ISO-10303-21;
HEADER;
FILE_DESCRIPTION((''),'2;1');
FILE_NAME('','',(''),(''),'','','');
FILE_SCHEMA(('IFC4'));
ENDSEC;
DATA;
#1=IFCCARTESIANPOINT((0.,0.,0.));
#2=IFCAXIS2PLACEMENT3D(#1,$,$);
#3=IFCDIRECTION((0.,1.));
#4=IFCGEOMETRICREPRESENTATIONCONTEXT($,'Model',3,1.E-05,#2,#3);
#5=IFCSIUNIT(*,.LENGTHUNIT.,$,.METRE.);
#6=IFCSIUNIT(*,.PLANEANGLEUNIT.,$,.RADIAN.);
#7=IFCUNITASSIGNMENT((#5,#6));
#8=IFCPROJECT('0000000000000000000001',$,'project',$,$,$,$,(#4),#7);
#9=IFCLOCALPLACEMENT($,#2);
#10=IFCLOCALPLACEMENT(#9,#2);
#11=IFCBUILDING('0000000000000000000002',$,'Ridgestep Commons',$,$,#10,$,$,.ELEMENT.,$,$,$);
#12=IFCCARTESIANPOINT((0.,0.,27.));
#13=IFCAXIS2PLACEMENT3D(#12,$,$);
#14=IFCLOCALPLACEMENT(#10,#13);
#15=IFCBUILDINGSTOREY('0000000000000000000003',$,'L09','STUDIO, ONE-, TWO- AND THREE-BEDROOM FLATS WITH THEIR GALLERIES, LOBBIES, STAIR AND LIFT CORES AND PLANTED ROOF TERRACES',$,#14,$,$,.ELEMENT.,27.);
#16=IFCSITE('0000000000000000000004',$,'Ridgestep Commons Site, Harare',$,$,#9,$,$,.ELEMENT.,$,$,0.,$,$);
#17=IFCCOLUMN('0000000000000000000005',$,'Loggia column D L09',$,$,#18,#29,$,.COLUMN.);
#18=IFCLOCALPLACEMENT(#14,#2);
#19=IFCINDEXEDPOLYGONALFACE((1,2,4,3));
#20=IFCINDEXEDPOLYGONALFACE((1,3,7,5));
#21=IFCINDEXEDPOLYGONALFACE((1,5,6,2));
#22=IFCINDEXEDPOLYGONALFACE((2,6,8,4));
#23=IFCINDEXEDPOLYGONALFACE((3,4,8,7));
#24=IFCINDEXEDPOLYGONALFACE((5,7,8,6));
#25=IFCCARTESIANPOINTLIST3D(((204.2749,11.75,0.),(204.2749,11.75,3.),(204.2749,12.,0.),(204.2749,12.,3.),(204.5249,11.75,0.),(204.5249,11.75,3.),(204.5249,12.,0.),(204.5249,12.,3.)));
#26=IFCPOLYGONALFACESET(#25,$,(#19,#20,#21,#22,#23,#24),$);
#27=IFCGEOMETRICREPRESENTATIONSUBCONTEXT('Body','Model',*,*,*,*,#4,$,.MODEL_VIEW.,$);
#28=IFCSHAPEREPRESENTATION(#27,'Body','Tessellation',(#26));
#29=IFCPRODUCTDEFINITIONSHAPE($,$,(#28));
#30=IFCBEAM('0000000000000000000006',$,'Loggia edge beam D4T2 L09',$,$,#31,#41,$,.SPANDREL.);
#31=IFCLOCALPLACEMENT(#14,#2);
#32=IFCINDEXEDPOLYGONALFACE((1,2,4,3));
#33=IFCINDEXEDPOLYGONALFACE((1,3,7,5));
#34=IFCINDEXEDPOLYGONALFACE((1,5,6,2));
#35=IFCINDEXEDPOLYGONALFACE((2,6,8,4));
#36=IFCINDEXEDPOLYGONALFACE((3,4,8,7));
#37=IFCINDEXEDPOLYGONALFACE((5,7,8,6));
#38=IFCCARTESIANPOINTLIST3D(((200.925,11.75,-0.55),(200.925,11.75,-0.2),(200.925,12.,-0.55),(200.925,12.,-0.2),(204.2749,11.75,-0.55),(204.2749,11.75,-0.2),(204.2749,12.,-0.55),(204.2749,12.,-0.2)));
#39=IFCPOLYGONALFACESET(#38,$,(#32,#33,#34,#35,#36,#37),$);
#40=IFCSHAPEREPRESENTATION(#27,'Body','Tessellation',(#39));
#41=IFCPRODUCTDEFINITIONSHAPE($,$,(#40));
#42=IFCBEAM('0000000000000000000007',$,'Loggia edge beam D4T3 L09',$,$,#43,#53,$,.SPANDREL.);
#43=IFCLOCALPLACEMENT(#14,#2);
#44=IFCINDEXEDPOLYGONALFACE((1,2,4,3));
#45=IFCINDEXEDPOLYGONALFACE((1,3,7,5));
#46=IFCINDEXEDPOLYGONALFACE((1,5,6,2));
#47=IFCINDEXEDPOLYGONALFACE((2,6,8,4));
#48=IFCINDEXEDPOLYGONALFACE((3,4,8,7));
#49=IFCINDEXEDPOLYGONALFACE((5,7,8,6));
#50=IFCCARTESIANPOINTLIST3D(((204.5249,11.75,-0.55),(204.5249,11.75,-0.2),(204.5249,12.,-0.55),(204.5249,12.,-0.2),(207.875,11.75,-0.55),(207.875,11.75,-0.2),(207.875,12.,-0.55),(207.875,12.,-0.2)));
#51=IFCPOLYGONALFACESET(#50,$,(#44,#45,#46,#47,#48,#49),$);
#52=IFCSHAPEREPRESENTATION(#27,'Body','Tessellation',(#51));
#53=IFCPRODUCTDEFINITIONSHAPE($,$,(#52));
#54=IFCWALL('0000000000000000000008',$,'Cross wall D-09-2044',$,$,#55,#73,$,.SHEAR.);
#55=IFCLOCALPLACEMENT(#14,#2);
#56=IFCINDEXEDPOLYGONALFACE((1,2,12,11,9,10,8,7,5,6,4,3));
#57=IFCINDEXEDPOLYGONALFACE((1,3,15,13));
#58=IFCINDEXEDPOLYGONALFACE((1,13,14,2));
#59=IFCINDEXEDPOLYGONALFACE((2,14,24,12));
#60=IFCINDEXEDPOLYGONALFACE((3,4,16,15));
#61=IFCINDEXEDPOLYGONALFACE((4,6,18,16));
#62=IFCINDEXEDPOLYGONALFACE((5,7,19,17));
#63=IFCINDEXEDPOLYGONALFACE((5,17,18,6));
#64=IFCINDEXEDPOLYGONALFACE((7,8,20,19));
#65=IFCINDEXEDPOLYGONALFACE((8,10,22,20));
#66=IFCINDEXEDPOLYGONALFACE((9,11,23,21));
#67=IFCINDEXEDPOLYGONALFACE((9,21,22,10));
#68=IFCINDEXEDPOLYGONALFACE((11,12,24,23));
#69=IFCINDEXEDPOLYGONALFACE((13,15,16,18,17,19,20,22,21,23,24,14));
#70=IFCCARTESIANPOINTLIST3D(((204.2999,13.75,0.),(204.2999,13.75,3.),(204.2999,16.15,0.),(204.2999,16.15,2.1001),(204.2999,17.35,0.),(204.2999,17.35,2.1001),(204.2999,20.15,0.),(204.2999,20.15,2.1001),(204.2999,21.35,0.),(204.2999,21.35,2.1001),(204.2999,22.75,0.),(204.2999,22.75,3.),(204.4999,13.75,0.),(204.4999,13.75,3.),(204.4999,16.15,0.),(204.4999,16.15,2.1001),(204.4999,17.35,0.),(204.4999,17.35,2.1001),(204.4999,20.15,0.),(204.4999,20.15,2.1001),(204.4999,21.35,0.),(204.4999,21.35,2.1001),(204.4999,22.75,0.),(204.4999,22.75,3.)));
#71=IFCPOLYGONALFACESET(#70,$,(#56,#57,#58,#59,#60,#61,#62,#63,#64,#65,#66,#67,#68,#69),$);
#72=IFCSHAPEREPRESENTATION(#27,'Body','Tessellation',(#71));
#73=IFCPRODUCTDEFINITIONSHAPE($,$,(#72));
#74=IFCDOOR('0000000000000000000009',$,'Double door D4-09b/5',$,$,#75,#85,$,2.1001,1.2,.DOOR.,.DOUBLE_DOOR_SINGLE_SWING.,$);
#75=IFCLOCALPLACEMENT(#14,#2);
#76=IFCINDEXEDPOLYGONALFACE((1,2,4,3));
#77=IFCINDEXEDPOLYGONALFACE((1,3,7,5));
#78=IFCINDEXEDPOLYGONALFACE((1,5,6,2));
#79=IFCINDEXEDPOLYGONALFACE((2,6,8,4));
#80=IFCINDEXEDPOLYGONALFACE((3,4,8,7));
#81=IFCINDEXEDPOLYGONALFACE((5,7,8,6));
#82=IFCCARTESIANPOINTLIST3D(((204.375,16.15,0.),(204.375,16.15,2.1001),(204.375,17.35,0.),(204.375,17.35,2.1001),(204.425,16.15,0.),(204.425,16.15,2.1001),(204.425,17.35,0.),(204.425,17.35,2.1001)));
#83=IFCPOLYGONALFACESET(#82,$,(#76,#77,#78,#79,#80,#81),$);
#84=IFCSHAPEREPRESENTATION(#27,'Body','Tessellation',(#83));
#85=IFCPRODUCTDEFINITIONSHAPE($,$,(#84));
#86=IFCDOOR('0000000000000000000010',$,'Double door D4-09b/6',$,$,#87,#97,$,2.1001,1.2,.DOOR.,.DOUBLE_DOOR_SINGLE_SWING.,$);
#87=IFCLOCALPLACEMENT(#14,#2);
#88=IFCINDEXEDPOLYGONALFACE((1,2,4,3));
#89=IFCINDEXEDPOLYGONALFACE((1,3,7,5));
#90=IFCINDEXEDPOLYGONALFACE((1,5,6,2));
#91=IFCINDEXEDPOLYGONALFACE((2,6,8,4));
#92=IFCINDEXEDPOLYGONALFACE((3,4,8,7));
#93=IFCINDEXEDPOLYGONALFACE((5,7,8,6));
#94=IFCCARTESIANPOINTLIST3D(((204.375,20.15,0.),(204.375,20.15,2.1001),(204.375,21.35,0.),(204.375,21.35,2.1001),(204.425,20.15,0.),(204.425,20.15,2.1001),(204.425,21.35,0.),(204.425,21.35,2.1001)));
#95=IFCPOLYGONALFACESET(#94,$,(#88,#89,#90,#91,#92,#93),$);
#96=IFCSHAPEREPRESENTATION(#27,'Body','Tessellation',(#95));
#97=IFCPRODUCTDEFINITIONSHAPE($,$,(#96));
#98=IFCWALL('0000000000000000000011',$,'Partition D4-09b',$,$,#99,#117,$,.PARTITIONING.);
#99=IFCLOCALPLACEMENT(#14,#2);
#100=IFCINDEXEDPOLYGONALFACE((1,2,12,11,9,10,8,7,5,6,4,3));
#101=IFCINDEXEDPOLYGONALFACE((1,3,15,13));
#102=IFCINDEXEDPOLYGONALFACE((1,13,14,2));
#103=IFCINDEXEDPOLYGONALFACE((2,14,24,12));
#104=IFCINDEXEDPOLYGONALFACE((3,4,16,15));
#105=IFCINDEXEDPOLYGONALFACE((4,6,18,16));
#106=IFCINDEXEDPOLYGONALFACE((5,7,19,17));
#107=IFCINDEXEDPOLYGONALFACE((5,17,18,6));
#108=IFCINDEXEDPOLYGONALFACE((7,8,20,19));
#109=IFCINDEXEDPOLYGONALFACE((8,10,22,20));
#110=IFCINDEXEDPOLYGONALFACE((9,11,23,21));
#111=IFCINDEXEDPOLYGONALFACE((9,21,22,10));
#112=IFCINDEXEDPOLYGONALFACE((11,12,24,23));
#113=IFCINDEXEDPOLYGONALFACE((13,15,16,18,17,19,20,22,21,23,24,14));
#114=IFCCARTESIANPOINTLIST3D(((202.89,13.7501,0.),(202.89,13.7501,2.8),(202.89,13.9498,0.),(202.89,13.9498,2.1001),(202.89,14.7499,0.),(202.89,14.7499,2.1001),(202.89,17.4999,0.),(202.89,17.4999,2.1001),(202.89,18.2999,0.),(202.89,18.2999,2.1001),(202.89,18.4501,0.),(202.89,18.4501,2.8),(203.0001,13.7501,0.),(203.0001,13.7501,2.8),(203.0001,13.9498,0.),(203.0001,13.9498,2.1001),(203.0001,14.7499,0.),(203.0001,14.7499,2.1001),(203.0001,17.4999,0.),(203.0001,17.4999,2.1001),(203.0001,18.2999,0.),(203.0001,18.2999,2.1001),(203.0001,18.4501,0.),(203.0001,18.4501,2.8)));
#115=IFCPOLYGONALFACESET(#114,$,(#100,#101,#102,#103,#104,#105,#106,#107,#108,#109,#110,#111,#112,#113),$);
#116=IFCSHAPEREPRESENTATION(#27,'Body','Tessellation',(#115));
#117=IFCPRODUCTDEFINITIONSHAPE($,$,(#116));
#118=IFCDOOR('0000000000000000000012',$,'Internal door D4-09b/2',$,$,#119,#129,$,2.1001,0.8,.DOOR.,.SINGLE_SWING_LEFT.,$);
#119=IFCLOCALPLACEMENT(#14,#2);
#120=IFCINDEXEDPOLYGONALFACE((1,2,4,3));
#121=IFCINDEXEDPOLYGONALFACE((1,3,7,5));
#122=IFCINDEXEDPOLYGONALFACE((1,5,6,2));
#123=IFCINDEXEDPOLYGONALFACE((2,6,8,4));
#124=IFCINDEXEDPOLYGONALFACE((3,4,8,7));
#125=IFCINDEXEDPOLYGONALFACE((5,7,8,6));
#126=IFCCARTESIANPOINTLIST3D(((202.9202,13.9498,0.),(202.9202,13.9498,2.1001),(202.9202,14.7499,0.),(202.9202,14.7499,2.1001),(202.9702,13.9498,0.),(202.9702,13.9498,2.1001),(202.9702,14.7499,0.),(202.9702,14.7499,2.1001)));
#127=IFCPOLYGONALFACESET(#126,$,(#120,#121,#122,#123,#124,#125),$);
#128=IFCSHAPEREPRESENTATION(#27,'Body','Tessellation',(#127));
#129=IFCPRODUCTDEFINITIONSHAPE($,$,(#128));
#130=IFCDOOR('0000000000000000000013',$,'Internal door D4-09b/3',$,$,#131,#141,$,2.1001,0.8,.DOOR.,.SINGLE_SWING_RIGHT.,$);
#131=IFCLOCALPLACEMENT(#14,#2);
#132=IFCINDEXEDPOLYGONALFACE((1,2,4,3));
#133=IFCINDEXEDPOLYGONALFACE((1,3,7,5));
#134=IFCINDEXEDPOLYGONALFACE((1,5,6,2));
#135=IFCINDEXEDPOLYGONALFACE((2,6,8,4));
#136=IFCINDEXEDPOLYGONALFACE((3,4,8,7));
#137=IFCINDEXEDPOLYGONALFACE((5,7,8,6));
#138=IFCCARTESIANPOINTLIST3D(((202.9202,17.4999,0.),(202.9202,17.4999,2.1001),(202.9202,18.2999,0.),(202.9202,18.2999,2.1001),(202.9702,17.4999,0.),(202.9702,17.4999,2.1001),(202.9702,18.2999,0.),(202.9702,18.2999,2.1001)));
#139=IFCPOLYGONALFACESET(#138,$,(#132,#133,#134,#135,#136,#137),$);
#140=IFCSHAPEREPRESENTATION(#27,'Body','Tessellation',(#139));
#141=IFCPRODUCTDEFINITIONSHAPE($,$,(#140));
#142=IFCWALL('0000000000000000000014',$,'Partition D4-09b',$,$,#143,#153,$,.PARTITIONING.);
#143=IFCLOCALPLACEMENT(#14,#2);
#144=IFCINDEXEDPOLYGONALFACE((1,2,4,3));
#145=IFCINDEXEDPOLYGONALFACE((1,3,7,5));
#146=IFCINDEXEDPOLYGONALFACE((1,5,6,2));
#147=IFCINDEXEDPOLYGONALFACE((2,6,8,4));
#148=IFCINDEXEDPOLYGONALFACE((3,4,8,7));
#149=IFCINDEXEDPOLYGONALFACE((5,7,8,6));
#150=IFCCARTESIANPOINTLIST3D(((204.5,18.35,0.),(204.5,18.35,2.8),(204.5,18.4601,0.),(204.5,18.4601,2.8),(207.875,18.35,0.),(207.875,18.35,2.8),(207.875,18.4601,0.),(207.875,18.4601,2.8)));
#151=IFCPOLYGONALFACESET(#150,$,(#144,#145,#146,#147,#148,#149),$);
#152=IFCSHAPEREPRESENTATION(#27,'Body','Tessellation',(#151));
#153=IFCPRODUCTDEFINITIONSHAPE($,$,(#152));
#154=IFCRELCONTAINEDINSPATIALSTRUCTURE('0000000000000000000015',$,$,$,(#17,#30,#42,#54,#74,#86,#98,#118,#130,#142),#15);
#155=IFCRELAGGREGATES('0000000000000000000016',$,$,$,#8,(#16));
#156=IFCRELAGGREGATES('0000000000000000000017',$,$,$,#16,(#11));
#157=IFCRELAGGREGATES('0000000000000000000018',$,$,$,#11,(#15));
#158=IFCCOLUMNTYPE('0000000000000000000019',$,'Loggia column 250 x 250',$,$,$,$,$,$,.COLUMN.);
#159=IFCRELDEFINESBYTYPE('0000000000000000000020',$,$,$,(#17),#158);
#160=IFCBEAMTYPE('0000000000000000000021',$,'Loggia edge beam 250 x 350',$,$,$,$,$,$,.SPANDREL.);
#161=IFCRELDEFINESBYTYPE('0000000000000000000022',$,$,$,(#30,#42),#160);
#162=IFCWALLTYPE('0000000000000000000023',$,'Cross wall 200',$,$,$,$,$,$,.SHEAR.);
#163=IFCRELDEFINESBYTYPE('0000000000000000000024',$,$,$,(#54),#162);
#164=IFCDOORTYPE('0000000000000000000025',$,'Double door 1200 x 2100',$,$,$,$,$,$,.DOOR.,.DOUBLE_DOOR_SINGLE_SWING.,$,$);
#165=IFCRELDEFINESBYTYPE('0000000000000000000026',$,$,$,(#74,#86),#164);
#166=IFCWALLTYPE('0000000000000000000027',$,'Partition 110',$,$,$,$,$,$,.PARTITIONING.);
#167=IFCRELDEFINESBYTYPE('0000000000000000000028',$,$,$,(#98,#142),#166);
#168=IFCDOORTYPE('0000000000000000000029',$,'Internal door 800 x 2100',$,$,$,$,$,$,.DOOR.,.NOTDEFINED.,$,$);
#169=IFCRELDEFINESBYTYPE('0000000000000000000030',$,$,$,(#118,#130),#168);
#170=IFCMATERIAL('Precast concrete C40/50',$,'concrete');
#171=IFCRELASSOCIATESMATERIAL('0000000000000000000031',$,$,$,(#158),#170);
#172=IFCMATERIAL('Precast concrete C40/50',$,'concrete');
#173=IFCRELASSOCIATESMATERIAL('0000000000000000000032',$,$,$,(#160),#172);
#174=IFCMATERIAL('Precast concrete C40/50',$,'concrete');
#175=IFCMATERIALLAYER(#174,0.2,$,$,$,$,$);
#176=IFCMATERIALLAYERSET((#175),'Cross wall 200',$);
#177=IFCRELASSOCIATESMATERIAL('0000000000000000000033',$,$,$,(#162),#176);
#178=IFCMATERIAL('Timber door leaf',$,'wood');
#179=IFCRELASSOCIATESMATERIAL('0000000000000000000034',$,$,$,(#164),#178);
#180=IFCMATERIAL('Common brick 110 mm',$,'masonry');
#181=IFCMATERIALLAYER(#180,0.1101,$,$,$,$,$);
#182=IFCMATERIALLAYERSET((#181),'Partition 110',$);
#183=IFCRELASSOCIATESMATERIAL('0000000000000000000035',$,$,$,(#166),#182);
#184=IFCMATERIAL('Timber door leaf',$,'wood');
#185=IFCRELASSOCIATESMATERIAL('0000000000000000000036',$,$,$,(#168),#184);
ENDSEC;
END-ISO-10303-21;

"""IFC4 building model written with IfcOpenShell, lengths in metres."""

from ifc_helpers import new_model, si_unit, direction, frame, frame_2d, origin, origin_2d, place, context, subcontext, project, spatial, rectangle, extrude, material, layer, layer_set, material_profile, profile_set, type_object, element, fill, save


model = new_model("IFC4")

# Units and contexts
model_context = context("Model", 3, precision=1e-05, world=origin(), true_north=direction((0.0, 1.0)))
body_context = subcontext(model_context, "Body", "Model", "MODEL_VIEW")
ifc_project = project(units=[si_unit("LENGTHUNIT", "METRE"), si_unit("PLANEANGLEUNIT", "RADIAN")], contexts=[model_context])

# Site, building, storey
site_placement = place(None, origin())
site = spatial("IfcSite", under=ifc_project, at=site_placement, Name="Ridgestep Commons Site, Harare", CompositionType="ELEMENT", RefElevation=0.0)
building_placement = place(site_placement, origin())
building = spatial("IfcBuilding", under=site, at=building_placement, Name="Ridgestep Commons", CompositionType="ELEMENT")
storey_placement = place(building_placement, frame((0.0, 0.0, 27.0)))
storey = spatial("IfcBuildingStorey", under=building, at=storey_placement, Name="L09", Description="STUDIO, ONE-, TWO- AND THREE-BEDROOM FLATS WITH THEIR GALLERIES, LOBBIES, STAIR AND LIFT CORES AND PLANTED ROOF TERRACES", CompositionType="ELEMENT", Elevation=27.0)

# Column
ifc_material_1 = material(Name="Precast concrete C40/50", Category="concrete")
ifc_material_profile_1 = material_profile(ifc_material_1, rectangle(XDim=0.25, YDim=0.25, at=origin_2d()), Name="PC 250x250")
ifc_profile_set_1 = profile_set([ifc_material_profile_1], Name="Precast concrete C40/50")
column_type = type_object("IfcColumnType", Name="Loggia column 250 x 250", PredefinedType="COLUMN", material=ifc_profile_set_1)
column_placement = place(storey_placement, frame((204.3999, 11.875, 0.0), z_axis=(0.0, 0.0, 1.0), x_axis=(1.0, 0.0, 0.0)))
element("IfcColumn", 1, at=column_placement, inside=storey, type_object=column_type, Name="Loggia column D L09", PredefinedType="COLUMN", context=body_context, shape_type="SweptSolid", body=[
    extrude(rectangle(XDim=0.25, YDim=0.25, at=origin_2d()), origin(), (0.0, 0.0, 1.0), 3.0),
])

# Beams
ifc_material_2 = material(Name="Precast concrete C40/50", Category="concrete")
ifc_material_profile_2 = material_profile(ifc_material_2, rectangle(XDim=0.25, YDim=0.3501, at=origin_2d()), Name="PC 250x350")
ifc_profile_set_2 = profile_set([ifc_material_profile_2], Name="Precast concrete C40/50")
beam_type = type_object("IfcBeamType", Name="Loggia edge beam 250 x 350", PredefinedType="SPANDREL", material=ifc_profile_set_2)
beam_1_placement = place(storey_placement, frame((200.925, 11.875, -0.375), z_axis=(1.0, 0.0, 0.0), x_axis=(0.0, 1.0, 0.0)))
element("IfcBeam", 2, at=beam_1_placement, inside=storey, type_object=beam_type, Name="Loggia edge beam D4T2 L09", PredefinedType="SPANDREL", context=body_context, shape_type="SweptSolid", body=[
    extrude(rectangle(XDim=0.25, YDim=0.3501, at=origin_2d()), origin(), (0.0, 0.0, 1.0), 3.3499),
])
beam_2_placement = place(storey_placement, frame((204.5249, 11.875, -0.375), z_axis=(1.0, 0.0, 0.0), x_axis=(0.0, 1.0, 0.0)))
element("IfcBeam", 3, at=beam_2_placement, inside=storey, type_object=beam_type, Name="Loggia edge beam D4T3 L09", PredefinedType="SPANDREL", context=body_context, shape_type="SweptSolid", body=[
    extrude(rectangle(XDim=0.25, YDim=0.3501, at=origin_2d()), origin(), (0.0, 0.0, 1.0), 3.3501),
])

# Walls, openings, doors
ifc_material_3 = material(Name="Precast concrete C40/50", Category="concrete")
ifc_layer_1 = layer(ifc_material_3, 0.2)
ifc_layer_set_1 = layer_set([ifc_layer_1], Name="Cross wall 200")
wall_type_1 = type_object("IfcWallType", Name="Cross wall 200", PredefinedType="SHEAR", material=ifc_layer_set_1)
wall_1_placement = place(storey_placement, frame((204.3999, 13.75, 0.0), z_axis=(0.0, 0.0, 1.0), x_axis=(0.0, 1.0, 0.0)))
wall_1 = element("IfcWall", 4, at=wall_1_placement, inside=storey, type_object=wall_type_1, Name="Cross wall D-09-2044", PredefinedType="SHEAR", context=body_context, shape_type="SweptSolid", body=[
    extrude(rectangle(XDim=9.0, YDim=0.2, at=frame_2d((4.5, 0.0))), origin(), (0.0, 0.0, 1.0), 3.0),
])
opening_1_placement = place(wall_1_placement, frame((2.3999, 0.0, 0.0)))
opening_1 = element("IfcOpeningElement", 5, at=opening_1_placement, cuts=wall_1, PredefinedType="OPENING", context=body_context, shape_type="SweptSolid", body=[
    extrude(rectangle(XDim=1.2, YDim=2.1001, at=frame_2d((0.6001, 1.05))), frame((0.0, 0.1099, 0.0), z_axis=(0.0, -1.0, 0.0), x_axis=(1.0, 0.0, 0.0)), (0.0, 0.0, 1.0), 0.22),
])
opening_2_placement = place(wall_1_placement, frame((6.3999, 0.0, 0.0)))
opening_2 = element("IfcOpeningElement", 6, at=opening_2_placement, cuts=wall_1, PredefinedType="OPENING", context=body_context, shape_type="SweptSolid", body=[
    extrude(rectangle(XDim=1.2, YDim=2.1001, at=frame_2d((0.6001, 1.05))), frame((0.0, 0.1099, 0.0), z_axis=(0.0, -1.0, 0.0), x_axis=(1.0, 0.0, 0.0)), (0.0, 0.0, 1.0), 0.22),
])
ifc_material_4 = material(Name="Timber door leaf", Category="wood")
door_type_1 = type_object("IfcDoorType", Name="Double door 1200 x 2100", OperationType="DOUBLE_DOOR_SINGLE_SWING", PredefinedType="DOOR", material=ifc_material_4)
door_1_placement = place(opening_1_placement, origin())
door_1 = element("IfcDoor", 7, at=door_1_placement, inside=storey, type_object=door_type_1, Name="Double door D4-09b/5", OperationType="DOUBLE_DOOR_SINGLE_SWING", OverallHeight=2.1001, OverallWidth=1.2, PredefinedType="DOOR", context=body_context, shape_type="SweptSolid", body=[
    extrude(rectangle(XDim=1.2, YDim=2.1001, at=frame_2d((0.6001, 1.05))), frame((0.0, 0.0249, 0.0), z_axis=(0.0, -1.0, 0.0), x_axis=(1.0, 0.0, 0.0)), (0.0, 0.0, 1.0), 0.05),
])
fill(opening_1, door_1)
door_2_placement = place(opening_2_placement, origin())
door_2 = element("IfcDoor", 8, at=door_2_placement, inside=storey, type_object=door_type_1, Name="Double door D4-09b/6", OperationType="DOUBLE_DOOR_SINGLE_SWING", OverallHeight=2.1001, OverallWidth=1.2, PredefinedType="DOOR", context=body_context, shape_type="SweptSolid", body=[
    extrude(rectangle(XDim=1.2, YDim=2.1001, at=frame_2d((0.6001, 1.05))), frame((0.0, 0.0249, 0.0), z_axis=(0.0, -1.0, 0.0), x_axis=(1.0, 0.0, 0.0)), (0.0, 0.0, 1.0), 0.05),
])
fill(opening_2, door_2)
ifc_material_5 = material(Name="Common brick 110 mm", Category="masonry")
ifc_layer_2 = layer(ifc_material_5, 0.1101)
ifc_layer_set_2 = layer_set([ifc_layer_2], Name="Partition 110")
wall_type_2 = type_object("IfcWallType", Name="Partition 110", PredefinedType="PARTITIONING", material=ifc_layer_set_2)
wall_2_placement = place(storey_placement, frame((202.9451, 13.75, 0.0), z_axis=(0.0, 0.0, 1.0), x_axis=(0.0, 1.0, 0.0)))
wall_2 = element("IfcWall", 9, at=wall_2_placement, inside=storey, type_object=wall_type_2, Name="Partition D4-09b", PredefinedType="PARTITIONING", context=body_context, shape_type="SweptSolid", body=[
    extrude(rectangle(XDim=4.7, YDim=0.1101, at=frame_2d((2.3501, 0.0))), origin(), (0.0, 0.0, 1.0), 2.8),
])
opening_3_placement = place(wall_2_placement, frame((0.2, 0.0, 0.0)))
opening_3 = element("IfcOpeningElement", 10, at=opening_3_placement, cuts=wall_2, PredefinedType="OPENING", context=body_context, shape_type="SweptSolid", body=[
    extrude(rectangle(XDim=0.8, YDim=2.1001, at=frame_2d((0.3999, 1.05))), frame((0.0, 0.0649, 0.0), z_axis=(0.0, -1.0, 0.0), x_axis=(1.0, 0.0, 0.0)), (0.0, 0.0, 1.0), 0.1301),
])
opening_4_placement = place(wall_2_placement, frame((3.75, 0.0, 0.0)))
opening_4 = element("IfcOpeningElement", 11, at=opening_4_placement, cuts=wall_2, PredefinedType="OPENING", context=body_context, shape_type="SweptSolid", body=[
    extrude(rectangle(XDim=0.8, YDim=2.1001, at=frame_2d((0.3999, 1.05))), frame((0.0, 0.0649, 0.0), z_axis=(0.0, -1.0, 0.0), x_axis=(1.0, 0.0, 0.0)), (0.0, 0.0, 1.0), 0.1301),
])
ifc_material_6 = material(Name="Timber door leaf", Category="wood")
door_type_2 = type_object("IfcDoorType", Name="Internal door 800 x 2100", OperationType="NOTDEFINED", PredefinedType="DOOR", material=ifc_material_6)
door_3_placement = place(opening_3_placement, origin())
door_3 = element("IfcDoor", 12, at=door_3_placement, inside=storey, type_object=door_type_2, Name="Internal door D4-09b/2", OperationType="SINGLE_SWING_LEFT", OverallHeight=2.1001, OverallWidth=0.8, PredefinedType="DOOR", context=body_context, shape_type="SweptSolid", body=[
    extrude(rectangle(XDim=0.8, YDim=2.1001, at=frame_2d((0.3999, 1.05))), frame((0.0, 0.0249, 0.0), z_axis=(0.0, -1.0, 0.0), x_axis=(1.0, 0.0, 0.0)), (0.0, 0.0, 1.0), 0.05),
])
fill(opening_3, door_3)
door_4_placement = place(opening_4_placement, origin())
door_4 = element("IfcDoor", 13, at=door_4_placement, inside=storey, type_object=door_type_2, Name="Internal door D4-09b/3", OperationType="SINGLE_SWING_RIGHT", OverallHeight=2.1001, OverallWidth=0.8, PredefinedType="DOOR", context=body_context, shape_type="SweptSolid", body=[
    extrude(rectangle(XDim=0.8, YDim=2.1001, at=frame_2d((0.3999, 1.05))), frame((0.0, 0.0249, 0.0), z_axis=(0.0, -1.0, 0.0), x_axis=(1.0, 0.0, 0.0)), (0.0, 0.0, 1.0), 0.05),
])
fill(opening_4, door_4)

# Wall
wall_3_placement = place(storey_placement, frame((204.5, 18.405, 0.0), z_axis=(0.0, 0.0, 1.0), x_axis=(1.0, 0.0, 0.0)))
element("IfcWall", 14, at=wall_3_placement, inside=storey, type_object=wall_type_2, Name="Partition D4-09b", PredefinedType="PARTITIONING", context=body_context, shape_type="SweptSolid", body=[
    extrude(rectangle(XDim=3.375, YDim=0.1101, at=frame_2d((1.6875, 0.0))), origin(), (0.0, 0.0, 1.0), 2.8),
])

save(model, "model.ifc")
